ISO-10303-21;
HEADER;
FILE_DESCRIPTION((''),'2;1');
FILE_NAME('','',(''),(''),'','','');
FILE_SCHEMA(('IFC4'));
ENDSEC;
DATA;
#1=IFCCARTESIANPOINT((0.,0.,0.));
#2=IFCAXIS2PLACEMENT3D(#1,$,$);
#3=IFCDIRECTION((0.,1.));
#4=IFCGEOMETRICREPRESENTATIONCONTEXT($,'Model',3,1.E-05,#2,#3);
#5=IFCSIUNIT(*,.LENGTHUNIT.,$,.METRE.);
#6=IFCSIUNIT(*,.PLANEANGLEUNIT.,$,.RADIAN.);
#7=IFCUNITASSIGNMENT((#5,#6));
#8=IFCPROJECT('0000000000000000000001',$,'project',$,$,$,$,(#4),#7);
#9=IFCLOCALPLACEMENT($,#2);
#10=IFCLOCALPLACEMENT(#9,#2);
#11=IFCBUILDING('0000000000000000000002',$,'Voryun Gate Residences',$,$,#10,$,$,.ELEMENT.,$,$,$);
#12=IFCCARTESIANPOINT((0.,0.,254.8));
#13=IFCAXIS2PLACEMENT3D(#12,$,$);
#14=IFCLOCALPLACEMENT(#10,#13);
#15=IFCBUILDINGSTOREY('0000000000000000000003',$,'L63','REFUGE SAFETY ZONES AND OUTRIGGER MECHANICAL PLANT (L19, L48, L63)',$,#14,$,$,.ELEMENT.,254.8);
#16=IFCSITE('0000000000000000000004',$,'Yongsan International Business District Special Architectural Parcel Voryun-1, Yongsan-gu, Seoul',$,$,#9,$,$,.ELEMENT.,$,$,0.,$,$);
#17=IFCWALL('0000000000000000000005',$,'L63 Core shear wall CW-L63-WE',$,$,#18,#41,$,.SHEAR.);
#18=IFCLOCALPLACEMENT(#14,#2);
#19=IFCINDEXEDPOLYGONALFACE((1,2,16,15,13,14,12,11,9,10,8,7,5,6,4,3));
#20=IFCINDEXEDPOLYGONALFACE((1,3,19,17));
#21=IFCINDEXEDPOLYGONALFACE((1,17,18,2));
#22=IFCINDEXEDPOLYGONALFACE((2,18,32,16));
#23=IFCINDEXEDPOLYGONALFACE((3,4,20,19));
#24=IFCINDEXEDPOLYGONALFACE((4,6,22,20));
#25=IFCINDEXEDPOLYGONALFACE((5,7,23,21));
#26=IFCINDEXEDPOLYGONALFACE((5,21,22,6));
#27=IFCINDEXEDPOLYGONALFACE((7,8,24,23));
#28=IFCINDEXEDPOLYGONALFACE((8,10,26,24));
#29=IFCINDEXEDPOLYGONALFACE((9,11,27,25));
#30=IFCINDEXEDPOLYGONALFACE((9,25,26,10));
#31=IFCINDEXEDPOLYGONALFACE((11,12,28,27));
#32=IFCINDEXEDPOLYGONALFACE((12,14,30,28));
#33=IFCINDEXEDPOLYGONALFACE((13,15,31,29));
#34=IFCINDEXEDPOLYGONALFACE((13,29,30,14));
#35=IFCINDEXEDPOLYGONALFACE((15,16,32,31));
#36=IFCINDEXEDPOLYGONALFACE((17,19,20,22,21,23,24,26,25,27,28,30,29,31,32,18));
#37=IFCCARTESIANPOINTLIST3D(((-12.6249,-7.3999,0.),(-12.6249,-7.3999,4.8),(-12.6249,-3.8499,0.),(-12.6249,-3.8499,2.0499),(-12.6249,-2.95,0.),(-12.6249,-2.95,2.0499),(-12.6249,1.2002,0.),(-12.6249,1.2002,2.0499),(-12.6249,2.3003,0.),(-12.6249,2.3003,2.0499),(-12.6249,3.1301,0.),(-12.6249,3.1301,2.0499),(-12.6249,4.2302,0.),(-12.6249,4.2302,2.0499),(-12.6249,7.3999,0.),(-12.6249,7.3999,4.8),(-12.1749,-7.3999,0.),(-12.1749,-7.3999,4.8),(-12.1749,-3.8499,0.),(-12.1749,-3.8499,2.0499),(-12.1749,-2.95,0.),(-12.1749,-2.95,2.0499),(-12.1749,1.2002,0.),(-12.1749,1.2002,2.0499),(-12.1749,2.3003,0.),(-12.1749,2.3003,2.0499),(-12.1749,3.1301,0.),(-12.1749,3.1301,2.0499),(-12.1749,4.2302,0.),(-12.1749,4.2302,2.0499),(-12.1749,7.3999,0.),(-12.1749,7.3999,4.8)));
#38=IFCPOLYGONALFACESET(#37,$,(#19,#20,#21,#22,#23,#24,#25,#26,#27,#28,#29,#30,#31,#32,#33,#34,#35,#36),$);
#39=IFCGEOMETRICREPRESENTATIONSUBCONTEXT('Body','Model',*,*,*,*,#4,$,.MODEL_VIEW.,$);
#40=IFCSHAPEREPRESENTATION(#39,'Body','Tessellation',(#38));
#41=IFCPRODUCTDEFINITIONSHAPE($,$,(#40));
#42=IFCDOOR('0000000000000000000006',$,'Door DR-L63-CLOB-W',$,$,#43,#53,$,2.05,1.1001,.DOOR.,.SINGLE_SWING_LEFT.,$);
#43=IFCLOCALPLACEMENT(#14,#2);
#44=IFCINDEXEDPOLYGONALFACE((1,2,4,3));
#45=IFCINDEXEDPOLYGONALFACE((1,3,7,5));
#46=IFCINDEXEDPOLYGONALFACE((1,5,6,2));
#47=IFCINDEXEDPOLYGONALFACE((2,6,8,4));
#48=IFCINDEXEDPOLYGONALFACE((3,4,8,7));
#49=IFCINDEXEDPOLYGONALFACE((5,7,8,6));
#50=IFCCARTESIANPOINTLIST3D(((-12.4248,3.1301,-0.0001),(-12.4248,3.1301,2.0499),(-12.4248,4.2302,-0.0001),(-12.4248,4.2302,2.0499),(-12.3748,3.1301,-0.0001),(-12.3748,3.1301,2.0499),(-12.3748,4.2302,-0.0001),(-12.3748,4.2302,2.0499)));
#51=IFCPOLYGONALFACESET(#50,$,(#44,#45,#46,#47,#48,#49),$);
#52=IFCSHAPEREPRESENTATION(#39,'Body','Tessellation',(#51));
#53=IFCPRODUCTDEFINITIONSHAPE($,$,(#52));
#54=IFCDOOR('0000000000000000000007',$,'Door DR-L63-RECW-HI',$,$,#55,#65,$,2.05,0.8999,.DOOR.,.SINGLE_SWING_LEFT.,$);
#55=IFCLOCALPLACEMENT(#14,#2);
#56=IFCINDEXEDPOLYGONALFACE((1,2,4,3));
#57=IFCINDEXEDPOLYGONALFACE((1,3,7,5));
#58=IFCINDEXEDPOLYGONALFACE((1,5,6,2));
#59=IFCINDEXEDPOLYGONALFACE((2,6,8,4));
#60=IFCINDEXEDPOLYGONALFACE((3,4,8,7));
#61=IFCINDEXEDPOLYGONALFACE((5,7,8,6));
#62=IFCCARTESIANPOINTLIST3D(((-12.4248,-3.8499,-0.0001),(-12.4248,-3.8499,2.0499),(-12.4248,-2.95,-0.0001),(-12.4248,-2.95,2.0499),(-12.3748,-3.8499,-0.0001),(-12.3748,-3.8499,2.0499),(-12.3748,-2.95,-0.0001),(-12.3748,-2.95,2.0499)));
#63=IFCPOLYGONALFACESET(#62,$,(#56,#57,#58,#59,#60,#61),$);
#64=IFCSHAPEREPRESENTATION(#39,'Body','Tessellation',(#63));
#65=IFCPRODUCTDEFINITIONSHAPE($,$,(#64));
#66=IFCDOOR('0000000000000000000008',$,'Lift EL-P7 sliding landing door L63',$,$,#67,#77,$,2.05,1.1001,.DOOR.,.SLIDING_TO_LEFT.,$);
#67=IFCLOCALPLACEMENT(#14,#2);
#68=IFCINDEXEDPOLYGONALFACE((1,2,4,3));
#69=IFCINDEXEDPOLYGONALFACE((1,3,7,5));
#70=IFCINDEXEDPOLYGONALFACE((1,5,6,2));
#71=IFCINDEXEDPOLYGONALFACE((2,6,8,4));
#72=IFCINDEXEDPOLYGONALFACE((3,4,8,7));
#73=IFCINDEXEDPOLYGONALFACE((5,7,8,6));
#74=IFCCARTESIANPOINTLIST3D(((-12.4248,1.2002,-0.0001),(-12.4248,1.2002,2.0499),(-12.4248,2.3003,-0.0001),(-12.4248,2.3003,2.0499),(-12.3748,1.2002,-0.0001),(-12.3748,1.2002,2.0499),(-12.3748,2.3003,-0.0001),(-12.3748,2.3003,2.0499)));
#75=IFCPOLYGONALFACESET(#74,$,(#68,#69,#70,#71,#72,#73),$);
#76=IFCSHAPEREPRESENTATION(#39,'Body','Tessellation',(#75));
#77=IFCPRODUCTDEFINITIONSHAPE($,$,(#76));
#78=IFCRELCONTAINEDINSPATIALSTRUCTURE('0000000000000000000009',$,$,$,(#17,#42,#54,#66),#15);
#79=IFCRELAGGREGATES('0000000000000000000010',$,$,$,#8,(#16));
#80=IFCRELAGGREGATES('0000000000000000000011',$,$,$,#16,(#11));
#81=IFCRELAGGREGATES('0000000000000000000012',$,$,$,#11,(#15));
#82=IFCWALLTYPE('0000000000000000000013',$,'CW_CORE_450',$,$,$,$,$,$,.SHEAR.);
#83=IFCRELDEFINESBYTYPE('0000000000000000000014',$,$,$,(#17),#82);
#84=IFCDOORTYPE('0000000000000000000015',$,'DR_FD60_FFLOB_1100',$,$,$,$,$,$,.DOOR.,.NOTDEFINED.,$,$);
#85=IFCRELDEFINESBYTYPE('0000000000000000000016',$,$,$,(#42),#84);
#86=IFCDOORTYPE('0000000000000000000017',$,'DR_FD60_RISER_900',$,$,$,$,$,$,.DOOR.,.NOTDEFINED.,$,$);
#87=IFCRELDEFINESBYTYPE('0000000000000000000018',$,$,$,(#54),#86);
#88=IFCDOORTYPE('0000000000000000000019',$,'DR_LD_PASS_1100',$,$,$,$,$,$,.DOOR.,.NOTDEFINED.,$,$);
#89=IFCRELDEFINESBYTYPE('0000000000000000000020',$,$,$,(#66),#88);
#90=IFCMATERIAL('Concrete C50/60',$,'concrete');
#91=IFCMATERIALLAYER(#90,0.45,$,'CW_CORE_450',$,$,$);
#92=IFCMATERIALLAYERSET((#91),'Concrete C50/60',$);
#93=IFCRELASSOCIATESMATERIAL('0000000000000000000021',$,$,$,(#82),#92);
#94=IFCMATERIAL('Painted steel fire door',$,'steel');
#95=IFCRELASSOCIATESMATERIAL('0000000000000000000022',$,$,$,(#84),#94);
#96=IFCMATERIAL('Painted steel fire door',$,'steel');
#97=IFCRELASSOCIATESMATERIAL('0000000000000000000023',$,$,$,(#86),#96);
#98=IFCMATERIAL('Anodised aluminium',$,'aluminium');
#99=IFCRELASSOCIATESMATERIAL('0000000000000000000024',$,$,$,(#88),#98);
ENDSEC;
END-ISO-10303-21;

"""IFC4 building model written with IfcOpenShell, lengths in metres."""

from ifc_helpers import new_model, si_unit, direction, frame, frame_2d, origin, place, context, subcontext, project, spatial, rectangle, extrude, material, layer, layer_set, type_object, element, fill, save


model = new_model("IFC4")

# Units and contexts
model_context = context("Model", 3, precision=1e-05, world=origin(), true_north=direction((0.0, 1.0)))
body_context = subcontext(model_context, "Body", "Model", "MODEL_VIEW")
ifc_project = project(units=[si_unit("LENGTHUNIT", "METRE"), si_unit("PLANEANGLEUNIT", "RADIAN")], contexts=[model_context])

# Site, building, storey
site_placement = place(None, origin())
site = spatial("IfcSite", under=ifc_project, at=site_placement, Name="Yongsan International Business District Special Architectural Parcel Voryun-1, Yongsan-gu, Seoul", CompositionType="ELEMENT", RefElevation=0.0)
building_placement = place(site_placement, origin())
building = spatial("IfcBuilding", under=site, at=building_placement, Name="Voryun Gate Residences", CompositionType="ELEMENT")
storey_placement = place(building_placement, frame((0.0, 0.0, 254.8)))
storey = spatial("IfcBuildingStorey", under=building, at=storey_placement, Name="L63", Description="REFUGE SAFETY ZONES AND OUTRIGGER MECHANICAL PLANT (L19, L48, L63)", CompositionType="ELEMENT", Elevation=254.8)

# Wall, openings, doors
ifc_material_1 = material(Name="Concrete C50/60", Category="concrete")
ifc_layer_1 = layer(ifc_material_1, 0.45, Name="CW_CORE_450")
ifc_layer_set_1 = layer_set([ifc_layer_1], Name="Concrete C50/60")
wall_type = type_object("IfcWallType", Name="CW_CORE_450", PredefinedType="SHEAR", material=ifc_layer_set_1)
wall_placement = place(storey_placement, frame((-12.3999, -7.3999, 0.0), z_axis=(0.0, 0.0, 1.0), x_axis=(0.0, 1.0, 0.0)))
wall = element("IfcWall", 1, at=wall_placement, inside=storey, type_object=wall_type, Name="L63 Core shear wall CW-L63-WE", PredefinedType="SHEAR", context=body_context, shape_type="SweptSolid", body=[
    extrude(rectangle(XDim=14.7998, YDim=0.45, at=frame_2d((7.3999, 0.0))), origin(), (0.0, 0.0, 1.0), 4.8),
])
opening_1_placement = place(wall_placement, frame((8.6001, 0.0, 0.0)))
opening_1 = element("IfcOpeningElement", 2, at=opening_1_placement, cuts=wall, PredefinedType="OPENING", context=body_context, shape_type="SweptSolid", body=[
    extrude(rectangle(XDim=1.1001, YDim=2.05, at=frame_2d((0.55, 1.0249))), frame((0.0, 0.2351, 0.0), z_axis=(0.0, -1.0, 0.0), x_axis=(1.0, 0.0, 0.0)), (0.0, 0.0, 1.0), 0.47),
])
opening_2_placement = place(wall_placement, frame((10.53, 0.0, 0.0)))
opening_2 = element("IfcOpeningElement", 3, at=opening_2_placement, cuts=wall, PredefinedType="OPENING", context=body_context, shape_type="SweptSolid", body=[
    extrude(rectangle(XDim=1.1001, YDim=2.05, at=frame_2d((0.55, 1.0249))), frame((0.0, 0.2351, 0.0), z_axis=(0.0, -1.0, 0.0), x_axis=(1.0, 0.0, 0.0)), (0.0, 0.0, 1.0), 0.47),
])
opening_3_placement = place(wall_placement, frame((3.55, 0.0, 0.0)))
opening_3 = element("IfcOpeningElement", 4, at=opening_3_placement, cuts=wall, PredefinedType="OPENING", context=body_context, shape_type="SweptSolid", body=[
    extrude(rectangle(XDim=0.8999, YDim=2.05, at=frame_2d((0.45, 1.0249))), frame((0.0, 0.2351, 0.0), z_axis=(0.0, -1.0, 0.0), x_axis=(1.0, 0.0, 0.0)), (0.0, 0.0, 1.0), 0.47),
])
ifc_material_2 = material(Name="Painted steel fire door", Category="steel")
door_type_1 = type_object("IfcDoorType", Name="DR_FD60_FFLOB_1100", OperationType="NOTDEFINED", PredefinedType="DOOR", material=ifc_material_2)
door_1_placement = place(opening_2_placement, origin())
door_1 = element("IfcDoor", 5, at=door_1_placement, inside=storey, type_object=door_type_1, Name="Door DR-L63-CLOB-W", OperationType="SINGLE_SWING_LEFT", OverallHeight=2.05, OverallWidth=1.1001, PredefinedType="DOOR", context=body_context, shape_type="SweptSolid", body=[
    extrude(rectangle(XDim=1.1001, YDim=2.05, at=frame_2d((0.55, 1.0249))), frame((0.0, 0.0249, 0.0), z_axis=(0.0, -1.0, 0.0), x_axis=(1.0, 0.0, 0.0)), (0.0, 0.0, 1.0), 0.05),
])
fill(opening_2, door_1)
ifc_material_3 = material(Name="Painted steel fire door", Category="steel")
door_type_2 = type_object("IfcDoorType", Name="DR_FD60_RISER_900", OperationType="NOTDEFINED", PredefinedType="DOOR", material=ifc_material_3)
door_2_placement = place(opening_3_placement, origin())
door_2 = element("IfcDoor", 6, at=door_2_placement, inside=storey, type_object=door_type_2, Name="Door DR-L63-RECW-HI", OperationType="SINGLE_SWING_LEFT", OverallHeight=2.05, OverallWidth=0.8999, PredefinedType="DOOR", context=body_context, shape_type="SweptSolid", body=[
    extrude(rectangle(XDim=0.8999, YDim=2.05, at=frame_2d((0.45, 1.0249))), frame((0.0, 0.0249, 0.0), z_axis=(0.0, -1.0, 0.0), x_axis=(1.0, 0.0, 0.0)), (0.0, 0.0, 1.0), 0.05),
])
fill(opening_3, door_2)
ifc_material_4 = material(Name="Anodised aluminium", Category="aluminium")
door_type_3 = type_object("IfcDoorType", Name="DR_LD_PASS_1100", OperationType="NOTDEFINED", PredefinedType="DOOR", material=ifc_material_4)
door_3_placement = place(opening_1_placement, origin())
door_3 = element("IfcDoor", 7, at=door_3_placement, inside=storey, type_object=door_type_3, Name="Lift EL-P7 sliding landing door L63", OperationType="SLIDING_TO_LEFT", OverallHeight=2.05, OverallWidth=1.1001, PredefinedType="DOOR", context=body_context, shape_type="SweptSolid", body=[
    extrude(rectangle(XDim=1.1001, YDim=2.05, at=frame_2d((0.55, 1.0249))), frame((0.0, 0.0249, 0.0), z_axis=(0.0, -1.0, 0.0), x_axis=(1.0, 0.0, 0.0)), (0.0, 0.0, 1.0), 0.05),
])
fill(opening_1, door_3)

save(model, "model.ifc")
